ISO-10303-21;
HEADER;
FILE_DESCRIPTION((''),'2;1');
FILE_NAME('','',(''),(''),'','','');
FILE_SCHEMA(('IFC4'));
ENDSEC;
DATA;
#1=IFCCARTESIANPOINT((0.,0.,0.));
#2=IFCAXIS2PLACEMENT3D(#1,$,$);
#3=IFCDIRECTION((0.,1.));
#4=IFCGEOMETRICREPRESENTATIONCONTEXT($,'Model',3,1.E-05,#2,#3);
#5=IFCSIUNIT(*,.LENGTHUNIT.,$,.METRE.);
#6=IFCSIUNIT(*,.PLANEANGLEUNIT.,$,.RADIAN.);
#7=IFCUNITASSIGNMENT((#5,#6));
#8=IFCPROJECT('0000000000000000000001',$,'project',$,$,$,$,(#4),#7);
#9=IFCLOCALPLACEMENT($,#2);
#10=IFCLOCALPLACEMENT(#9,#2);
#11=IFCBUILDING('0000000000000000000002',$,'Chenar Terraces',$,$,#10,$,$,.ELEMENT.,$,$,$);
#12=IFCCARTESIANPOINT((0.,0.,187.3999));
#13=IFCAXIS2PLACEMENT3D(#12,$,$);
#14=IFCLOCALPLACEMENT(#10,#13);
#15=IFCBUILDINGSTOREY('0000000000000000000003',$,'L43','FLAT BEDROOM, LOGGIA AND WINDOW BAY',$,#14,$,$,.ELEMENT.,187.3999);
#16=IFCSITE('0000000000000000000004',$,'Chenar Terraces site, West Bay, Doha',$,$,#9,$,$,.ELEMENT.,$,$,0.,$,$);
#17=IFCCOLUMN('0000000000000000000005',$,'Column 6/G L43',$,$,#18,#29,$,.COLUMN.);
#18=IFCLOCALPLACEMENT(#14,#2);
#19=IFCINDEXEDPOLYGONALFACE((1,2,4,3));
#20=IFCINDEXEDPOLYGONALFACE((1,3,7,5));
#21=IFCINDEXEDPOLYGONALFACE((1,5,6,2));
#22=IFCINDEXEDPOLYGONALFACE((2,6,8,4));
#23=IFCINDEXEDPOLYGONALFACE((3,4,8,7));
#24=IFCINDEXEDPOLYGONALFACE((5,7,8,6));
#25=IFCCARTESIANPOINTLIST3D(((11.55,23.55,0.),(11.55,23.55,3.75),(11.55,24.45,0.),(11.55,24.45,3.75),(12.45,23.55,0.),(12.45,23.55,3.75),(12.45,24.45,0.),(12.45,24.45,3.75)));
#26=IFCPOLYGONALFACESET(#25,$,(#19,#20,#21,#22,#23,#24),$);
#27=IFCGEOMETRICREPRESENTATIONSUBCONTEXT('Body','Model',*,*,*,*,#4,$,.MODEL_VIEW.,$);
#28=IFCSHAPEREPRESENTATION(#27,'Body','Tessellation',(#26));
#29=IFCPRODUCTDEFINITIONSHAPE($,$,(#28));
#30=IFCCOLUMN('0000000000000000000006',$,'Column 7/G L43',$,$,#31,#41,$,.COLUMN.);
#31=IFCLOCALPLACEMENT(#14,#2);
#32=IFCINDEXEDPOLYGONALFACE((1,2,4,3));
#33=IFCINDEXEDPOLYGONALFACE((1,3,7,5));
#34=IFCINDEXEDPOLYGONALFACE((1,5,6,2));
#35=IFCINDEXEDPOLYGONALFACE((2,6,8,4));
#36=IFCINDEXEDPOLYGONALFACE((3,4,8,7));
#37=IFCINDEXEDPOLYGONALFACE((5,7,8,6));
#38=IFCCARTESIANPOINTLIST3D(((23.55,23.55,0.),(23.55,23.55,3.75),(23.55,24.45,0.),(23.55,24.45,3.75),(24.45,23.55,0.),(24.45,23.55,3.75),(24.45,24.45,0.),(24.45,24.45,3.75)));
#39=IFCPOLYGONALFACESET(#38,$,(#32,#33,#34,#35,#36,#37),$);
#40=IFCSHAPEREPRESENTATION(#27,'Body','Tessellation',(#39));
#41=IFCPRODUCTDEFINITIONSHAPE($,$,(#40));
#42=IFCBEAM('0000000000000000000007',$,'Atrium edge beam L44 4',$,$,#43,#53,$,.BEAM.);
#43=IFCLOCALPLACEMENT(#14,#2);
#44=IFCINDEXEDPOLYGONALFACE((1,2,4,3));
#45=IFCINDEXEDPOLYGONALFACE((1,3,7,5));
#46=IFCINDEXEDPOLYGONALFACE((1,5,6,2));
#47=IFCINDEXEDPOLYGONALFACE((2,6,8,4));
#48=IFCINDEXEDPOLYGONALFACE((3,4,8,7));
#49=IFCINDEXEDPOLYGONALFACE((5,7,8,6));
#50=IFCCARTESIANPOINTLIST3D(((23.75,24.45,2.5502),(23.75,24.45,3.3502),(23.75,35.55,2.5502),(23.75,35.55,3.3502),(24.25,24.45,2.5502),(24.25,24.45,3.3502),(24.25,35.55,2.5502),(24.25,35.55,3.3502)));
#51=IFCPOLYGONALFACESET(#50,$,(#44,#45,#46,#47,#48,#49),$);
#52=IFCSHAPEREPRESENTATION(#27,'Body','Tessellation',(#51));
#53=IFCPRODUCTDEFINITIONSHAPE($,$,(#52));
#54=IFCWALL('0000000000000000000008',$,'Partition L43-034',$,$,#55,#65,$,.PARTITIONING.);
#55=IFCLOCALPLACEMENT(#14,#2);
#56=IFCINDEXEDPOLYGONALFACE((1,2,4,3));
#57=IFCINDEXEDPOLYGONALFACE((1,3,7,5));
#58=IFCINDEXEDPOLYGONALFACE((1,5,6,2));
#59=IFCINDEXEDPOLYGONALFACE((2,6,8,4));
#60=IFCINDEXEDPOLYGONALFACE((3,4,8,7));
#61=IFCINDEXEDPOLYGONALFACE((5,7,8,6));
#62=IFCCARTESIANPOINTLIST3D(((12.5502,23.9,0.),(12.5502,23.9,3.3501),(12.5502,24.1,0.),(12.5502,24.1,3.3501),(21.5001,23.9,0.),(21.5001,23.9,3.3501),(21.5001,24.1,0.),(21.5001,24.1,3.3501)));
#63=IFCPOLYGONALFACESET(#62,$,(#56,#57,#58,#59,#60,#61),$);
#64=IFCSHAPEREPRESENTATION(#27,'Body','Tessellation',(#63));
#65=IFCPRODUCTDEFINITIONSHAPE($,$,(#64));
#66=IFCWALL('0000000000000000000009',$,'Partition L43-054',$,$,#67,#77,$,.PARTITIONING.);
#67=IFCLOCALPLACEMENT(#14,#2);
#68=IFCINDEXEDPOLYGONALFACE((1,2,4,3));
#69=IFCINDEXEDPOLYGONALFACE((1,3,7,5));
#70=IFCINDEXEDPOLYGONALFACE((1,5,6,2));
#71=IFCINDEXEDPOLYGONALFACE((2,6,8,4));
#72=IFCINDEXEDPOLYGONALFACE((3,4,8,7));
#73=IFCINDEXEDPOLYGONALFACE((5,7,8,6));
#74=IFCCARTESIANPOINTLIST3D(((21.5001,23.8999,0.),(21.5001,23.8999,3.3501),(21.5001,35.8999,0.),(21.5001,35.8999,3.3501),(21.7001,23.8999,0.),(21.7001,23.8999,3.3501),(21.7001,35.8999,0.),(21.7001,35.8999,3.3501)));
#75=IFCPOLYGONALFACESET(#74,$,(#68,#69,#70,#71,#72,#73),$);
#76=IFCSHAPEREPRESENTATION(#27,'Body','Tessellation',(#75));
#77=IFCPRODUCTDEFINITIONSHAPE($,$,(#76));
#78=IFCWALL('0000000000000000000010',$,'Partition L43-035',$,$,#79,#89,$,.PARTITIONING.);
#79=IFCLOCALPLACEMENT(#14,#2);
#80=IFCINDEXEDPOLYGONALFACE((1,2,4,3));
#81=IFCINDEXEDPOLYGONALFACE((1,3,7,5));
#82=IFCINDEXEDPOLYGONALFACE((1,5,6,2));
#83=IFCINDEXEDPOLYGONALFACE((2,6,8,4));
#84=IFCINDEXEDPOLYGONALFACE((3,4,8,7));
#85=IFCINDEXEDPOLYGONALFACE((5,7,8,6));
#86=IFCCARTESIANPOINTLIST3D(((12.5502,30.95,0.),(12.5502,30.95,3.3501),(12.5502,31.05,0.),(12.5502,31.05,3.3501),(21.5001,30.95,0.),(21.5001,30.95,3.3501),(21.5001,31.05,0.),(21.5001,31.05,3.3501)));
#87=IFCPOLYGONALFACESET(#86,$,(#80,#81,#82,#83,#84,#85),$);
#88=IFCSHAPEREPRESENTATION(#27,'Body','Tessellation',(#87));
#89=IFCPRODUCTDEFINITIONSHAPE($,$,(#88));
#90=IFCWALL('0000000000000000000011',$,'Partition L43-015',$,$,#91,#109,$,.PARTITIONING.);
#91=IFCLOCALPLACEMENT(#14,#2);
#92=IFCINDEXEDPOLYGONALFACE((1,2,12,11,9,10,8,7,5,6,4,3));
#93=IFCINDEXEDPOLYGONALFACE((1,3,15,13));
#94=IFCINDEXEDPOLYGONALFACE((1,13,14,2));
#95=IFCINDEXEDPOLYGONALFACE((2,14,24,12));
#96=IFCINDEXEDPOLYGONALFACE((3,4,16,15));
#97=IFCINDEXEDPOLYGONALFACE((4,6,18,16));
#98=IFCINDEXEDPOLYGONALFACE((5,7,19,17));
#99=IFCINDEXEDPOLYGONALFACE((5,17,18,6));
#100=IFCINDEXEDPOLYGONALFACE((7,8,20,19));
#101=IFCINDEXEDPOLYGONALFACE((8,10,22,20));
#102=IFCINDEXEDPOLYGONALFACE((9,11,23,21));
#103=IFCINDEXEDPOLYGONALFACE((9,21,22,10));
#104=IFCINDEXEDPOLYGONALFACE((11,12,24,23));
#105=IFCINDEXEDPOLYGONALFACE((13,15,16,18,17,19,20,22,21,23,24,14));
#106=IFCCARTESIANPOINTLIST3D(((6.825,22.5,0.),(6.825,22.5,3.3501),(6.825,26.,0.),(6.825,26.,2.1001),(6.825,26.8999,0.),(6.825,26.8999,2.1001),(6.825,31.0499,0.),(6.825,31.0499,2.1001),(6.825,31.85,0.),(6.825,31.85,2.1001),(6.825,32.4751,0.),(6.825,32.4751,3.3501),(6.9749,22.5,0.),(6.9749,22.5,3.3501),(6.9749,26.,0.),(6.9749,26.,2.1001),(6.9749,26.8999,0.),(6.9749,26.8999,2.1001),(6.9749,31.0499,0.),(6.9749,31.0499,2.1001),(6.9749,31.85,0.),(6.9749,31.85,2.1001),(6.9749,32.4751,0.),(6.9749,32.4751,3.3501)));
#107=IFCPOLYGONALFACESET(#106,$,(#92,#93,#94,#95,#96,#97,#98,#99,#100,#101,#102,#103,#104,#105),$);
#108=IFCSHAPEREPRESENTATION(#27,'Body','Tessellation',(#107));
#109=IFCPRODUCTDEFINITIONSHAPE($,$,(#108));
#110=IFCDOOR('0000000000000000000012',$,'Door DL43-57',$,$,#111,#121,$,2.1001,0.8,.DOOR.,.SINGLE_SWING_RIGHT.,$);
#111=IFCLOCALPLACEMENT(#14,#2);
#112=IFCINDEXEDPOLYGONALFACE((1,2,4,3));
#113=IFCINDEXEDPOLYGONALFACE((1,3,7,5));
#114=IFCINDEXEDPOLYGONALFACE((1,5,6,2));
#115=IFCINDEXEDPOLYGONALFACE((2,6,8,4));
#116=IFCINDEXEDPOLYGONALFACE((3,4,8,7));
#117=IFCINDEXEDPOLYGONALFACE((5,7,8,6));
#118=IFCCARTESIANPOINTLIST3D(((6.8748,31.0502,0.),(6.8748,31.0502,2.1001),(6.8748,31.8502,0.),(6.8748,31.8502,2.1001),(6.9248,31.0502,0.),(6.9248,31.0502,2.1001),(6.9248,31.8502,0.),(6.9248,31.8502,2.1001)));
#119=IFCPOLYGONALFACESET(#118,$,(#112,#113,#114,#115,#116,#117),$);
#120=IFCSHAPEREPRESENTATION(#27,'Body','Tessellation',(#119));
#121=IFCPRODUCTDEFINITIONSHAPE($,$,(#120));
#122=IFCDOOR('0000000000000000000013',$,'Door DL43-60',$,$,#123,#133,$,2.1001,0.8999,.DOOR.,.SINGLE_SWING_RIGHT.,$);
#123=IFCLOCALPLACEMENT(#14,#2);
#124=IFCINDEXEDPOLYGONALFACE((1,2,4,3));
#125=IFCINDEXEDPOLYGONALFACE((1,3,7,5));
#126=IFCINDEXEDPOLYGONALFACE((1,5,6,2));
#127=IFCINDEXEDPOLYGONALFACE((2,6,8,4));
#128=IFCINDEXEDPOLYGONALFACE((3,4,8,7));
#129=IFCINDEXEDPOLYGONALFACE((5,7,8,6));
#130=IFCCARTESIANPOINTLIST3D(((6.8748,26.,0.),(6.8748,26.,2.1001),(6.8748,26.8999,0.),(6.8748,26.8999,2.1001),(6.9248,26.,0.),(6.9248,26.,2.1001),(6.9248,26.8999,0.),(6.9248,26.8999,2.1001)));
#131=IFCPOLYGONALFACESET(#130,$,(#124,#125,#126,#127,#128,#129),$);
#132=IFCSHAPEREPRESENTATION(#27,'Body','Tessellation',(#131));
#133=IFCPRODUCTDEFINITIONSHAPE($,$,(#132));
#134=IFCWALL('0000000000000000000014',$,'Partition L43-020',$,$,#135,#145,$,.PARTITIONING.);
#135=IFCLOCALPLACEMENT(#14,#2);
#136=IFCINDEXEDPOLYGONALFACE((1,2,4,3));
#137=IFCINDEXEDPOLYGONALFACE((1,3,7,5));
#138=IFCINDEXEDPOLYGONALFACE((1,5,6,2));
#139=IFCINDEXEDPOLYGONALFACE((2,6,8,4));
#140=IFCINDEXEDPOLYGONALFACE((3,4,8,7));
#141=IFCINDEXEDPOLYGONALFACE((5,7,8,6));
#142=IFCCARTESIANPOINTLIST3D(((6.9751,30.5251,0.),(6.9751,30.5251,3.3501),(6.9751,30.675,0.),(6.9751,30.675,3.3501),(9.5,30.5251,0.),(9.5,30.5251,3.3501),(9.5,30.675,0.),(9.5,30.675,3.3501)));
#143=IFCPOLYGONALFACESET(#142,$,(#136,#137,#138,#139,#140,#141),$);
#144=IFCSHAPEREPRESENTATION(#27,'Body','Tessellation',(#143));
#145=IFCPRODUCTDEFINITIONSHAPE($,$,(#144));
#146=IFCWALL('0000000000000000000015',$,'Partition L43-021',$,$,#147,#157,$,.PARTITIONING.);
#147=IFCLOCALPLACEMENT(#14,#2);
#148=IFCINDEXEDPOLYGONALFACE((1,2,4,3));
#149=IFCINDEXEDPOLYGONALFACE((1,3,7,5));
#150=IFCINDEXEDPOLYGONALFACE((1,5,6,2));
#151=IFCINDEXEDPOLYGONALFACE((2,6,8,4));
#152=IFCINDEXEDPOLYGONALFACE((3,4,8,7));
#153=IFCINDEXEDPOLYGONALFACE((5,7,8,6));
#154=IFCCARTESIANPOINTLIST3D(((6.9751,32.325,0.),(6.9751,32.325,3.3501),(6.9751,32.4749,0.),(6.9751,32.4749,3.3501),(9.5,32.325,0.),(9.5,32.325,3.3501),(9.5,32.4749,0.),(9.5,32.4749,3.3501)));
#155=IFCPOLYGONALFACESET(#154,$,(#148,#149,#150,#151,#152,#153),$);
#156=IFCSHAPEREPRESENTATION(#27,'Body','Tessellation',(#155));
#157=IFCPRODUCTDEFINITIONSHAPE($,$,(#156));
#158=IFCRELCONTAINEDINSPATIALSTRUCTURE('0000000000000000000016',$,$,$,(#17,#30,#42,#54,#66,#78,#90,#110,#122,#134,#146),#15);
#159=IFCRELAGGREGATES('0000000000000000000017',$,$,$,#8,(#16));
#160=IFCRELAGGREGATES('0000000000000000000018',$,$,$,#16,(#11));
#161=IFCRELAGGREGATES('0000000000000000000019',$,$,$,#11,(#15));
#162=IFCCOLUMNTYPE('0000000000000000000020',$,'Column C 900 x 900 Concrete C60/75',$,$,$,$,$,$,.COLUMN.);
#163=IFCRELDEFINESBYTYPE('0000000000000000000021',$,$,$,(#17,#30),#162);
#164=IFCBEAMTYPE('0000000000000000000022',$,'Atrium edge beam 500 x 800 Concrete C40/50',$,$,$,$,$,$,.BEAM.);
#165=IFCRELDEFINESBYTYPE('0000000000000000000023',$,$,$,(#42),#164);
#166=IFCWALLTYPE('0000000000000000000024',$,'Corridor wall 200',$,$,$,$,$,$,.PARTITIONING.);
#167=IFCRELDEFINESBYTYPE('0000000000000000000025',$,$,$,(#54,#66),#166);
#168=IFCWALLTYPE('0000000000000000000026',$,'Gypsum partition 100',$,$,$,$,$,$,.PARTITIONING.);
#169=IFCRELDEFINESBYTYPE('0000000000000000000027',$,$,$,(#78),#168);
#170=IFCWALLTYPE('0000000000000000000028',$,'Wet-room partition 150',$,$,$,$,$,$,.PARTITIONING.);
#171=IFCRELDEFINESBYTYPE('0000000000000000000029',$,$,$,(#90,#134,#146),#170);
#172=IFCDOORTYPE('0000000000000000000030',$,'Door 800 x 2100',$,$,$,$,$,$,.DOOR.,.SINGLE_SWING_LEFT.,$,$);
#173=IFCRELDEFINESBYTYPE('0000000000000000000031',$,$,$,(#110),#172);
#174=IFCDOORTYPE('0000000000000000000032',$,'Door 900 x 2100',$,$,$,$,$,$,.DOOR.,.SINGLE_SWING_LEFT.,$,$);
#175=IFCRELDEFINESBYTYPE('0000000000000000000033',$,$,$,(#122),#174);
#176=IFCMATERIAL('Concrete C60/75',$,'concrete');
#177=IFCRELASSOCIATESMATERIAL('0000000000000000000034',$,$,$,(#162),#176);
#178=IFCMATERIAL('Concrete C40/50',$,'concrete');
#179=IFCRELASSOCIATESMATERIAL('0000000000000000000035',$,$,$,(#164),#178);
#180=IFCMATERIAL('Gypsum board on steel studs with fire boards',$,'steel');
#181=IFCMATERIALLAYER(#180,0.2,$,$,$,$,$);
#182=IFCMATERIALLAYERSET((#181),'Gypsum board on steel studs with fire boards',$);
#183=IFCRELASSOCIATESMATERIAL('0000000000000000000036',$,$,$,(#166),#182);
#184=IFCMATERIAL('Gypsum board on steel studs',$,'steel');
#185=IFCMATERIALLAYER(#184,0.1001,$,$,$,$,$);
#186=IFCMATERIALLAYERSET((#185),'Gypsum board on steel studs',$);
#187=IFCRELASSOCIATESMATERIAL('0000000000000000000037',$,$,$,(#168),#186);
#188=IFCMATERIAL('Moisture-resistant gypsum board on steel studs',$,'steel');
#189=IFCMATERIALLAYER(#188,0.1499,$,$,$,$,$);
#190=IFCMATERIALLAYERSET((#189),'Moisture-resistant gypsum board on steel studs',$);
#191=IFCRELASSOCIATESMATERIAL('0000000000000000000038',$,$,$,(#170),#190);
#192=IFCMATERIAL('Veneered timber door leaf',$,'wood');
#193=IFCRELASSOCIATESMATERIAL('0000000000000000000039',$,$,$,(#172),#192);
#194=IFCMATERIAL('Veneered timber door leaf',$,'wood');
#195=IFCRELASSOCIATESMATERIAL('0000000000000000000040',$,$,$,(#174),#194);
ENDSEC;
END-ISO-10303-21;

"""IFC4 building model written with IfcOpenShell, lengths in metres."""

from ifc_helpers import new_model, si_unit, direction, frame, frame_2d, origin, origin_2d, place, context, subcontext, project, spatial, rectangle, extrude, material, layer, layer_set, material_profile, profile_set, type_object, element, fill, save


model = new_model("IFC4")

# Units and contexts
model_context = context("Model", 3, precision=1e-05, world=origin(), true_north=direction((0.0, 1.0)))
body_context = subcontext(model_context, "Body", "Model", "MODEL_VIEW")
ifc_project = project(units=[si_unit("LENGTHUNIT", "METRE"), si_unit("PLANEANGLEUNIT", "RADIAN")], contexts=[model_context])

# Site, building, storey
site_placement = place(None, origin())
site = spatial("IfcSite", under=ifc_project, at=site_placement, Name="Chenar Terraces site, West Bay, Doha", CompositionType="ELEMENT", RefElevation=0.0)
building_placement = place(site_placement, origin())
building = spatial("IfcBuilding", under=site, at=building_placement, Name="Chenar Terraces", CompositionType="ELEMENT")
storey_placement = place(building_placement, frame((0.0, 0.0, 187.3999)))
storey = spatial("IfcBuildingStorey", under=building, at=storey_placement, Name="L43", Description="FLAT BEDROOM, LOGGIA AND WINDOW BAY", CompositionType="ELEMENT", Elevation=187.3999)

# Columns
ifc_material_1 = material(Name="Concrete C60/75", Category="concrete")
ifc_material_profile_1 = material_profile(ifc_material_1, rectangle(XDim=0.8999, YDim=0.8999, at=origin_2d()), Name="C 900 x 900")
ifc_profile_set_1 = profile_set([ifc_material_profile_1], Name="Concrete C60/75")
column_type = type_object("IfcColumnType", Name="Column C 900 x 900 Concrete C60/75", PredefinedType="COLUMN", material=ifc_profile_set_1)
for number, where, z_axis, x_axis, name in (
    (1, (12.0, 24.0, 0.0), (0.0, 0.0, 1.0), (1.0, 0.0, 0.0), "Column 6/G L43"),
    (2, (24.0, 24.0, 0.0), (0.0, 0.0, 1.0), (1.0, 0.0, 0.0), "Column 7/G L43"),
):
    element("IfcColumn", number, at=place(storey_placement, frame(where, z_axis=z_axis, x_axis=x_axis)), inside=storey, type_object=column_type, Name=name, PredefinedType="COLUMN", context=body_context, shape_type="SweptSolid", body=[
        extrude(rectangle(XDim=0.8999, YDim=0.8999, at=origin_2d()), origin(), (0.0, 0.0, 1.0), 3.75),
    ])

# Beam
ifc_material_2 = material(Name="Concrete C40/50", Category="concrete")
ifc_material_profile_2 = material_profile(ifc_material_2, rectangle(XDim=0.5, YDim=0.8, at=origin_2d()), Name="RC 500 x 800")
ifc_profile_set_2 = profile_set([ifc_material_profile_2], Name="Concrete C40/50")
beam_type = type_object("IfcBeamType", Name="Atrium edge beam 500 x 800 Concrete C40/50", PredefinedType="BEAM", material=ifc_profile_set_2)
beam_placement = place(storey_placement, frame((24.0, 35.55, 2.9502), z_axis=(0.0, -1.0, 0.0), x_axis=(1.0, 0.0, 0.0)))
element("IfcBeam", 3, at=beam_placement, inside=storey, type_object=beam_type, Name="Atrium edge beam L44 4", PredefinedType="BEAM", context=body_context, shape_type="SweptSolid", body=[
    extrude(rectangle(XDim=0.5, YDim=0.8, at=origin_2d()), origin(), (0.0, 0.0, 1.0), 11.1001),
])

# Walls
ifc_material_3 = material(Name="Gypsum board on steel studs with fire boards", Category="steel")
ifc_layer_1 = layer(ifc_material_3, 0.2)
ifc_layer_set_1 = layer_set([ifc_layer_1], Name="Gypsum board on steel studs with fire boards")
wall_type_1 = type_object("IfcWallType", Name="Corridor wall 200", PredefinedType="PARTITIONING", material=ifc_layer_set_1)
wall_1_placement = place(storey_placement, frame((12.55, 24.0, 0.0), z_axis=(0.0, 0.0, 1.0), x_axis=(1.0, 0.0, 0.0)))
element("IfcWall", 4, at=wall_1_placement, inside=storey, type_object=wall_type_1, Name="Partition L43-034", PredefinedType="PARTITIONING", context=body_context, shape_type="SweptSolid", body=[
    extrude(rectangle(XDim=8.95, YDim=0.2, at=frame_2d((4.4751, 0.0))), origin(), (0.0, 0.0, 1.0), 3.3501),
])
wall_2_placement = place(storey_placement, frame((21.6001, 23.8999, 0.0), z_axis=(0.0, 0.0, 1.0), x_axis=(0.0, 1.0, 0.0)))
element("IfcWall", 5, at=wall_2_placement, inside=storey, type_object=wall_type_1, Name="Partition L43-054", PredefinedType="PARTITIONING", context=body_context, shape_type="SweptSolid", body=[
    extrude(rectangle(XDim=12.0, YDim=0.2, at=frame_2d((6.0, 0.0))), origin(), (0.0, 0.0, 1.0), 3.3501),
])
ifc_material_4 = material(Name="Gypsum board on steel studs", Category="steel")
ifc_layer_2 = layer(ifc_material_4, 0.1001)
ifc_layer_set_2 = layer_set([ifc_layer_2], Name="Gypsum board on steel studs")
wall_type_2 = type_object("IfcWallType", Name="Gypsum partition 100", PredefinedType="PARTITIONING", material=ifc_layer_set_2)
wall_3_placement = place(storey_placement, frame((12.55, 31.0, 0.0), z_axis=(0.0, 0.0, 1.0), x_axis=(1.0, 0.0, 0.0)))
element("IfcWall", 6, at=wall_3_placement, inside=storey, type_object=wall_type_2, Name="Partition L43-035", PredefinedType="PARTITIONING", context=body_context, shape_type="SweptSolid", body=[
    extrude(rectangle(XDim=8.95, YDim=0.1001, at=frame_2d((4.4751, 0.0))), origin(), (0.0, 0.0, 1.0), 3.3501),
])

# Wall, openings, doors
ifc_material_5 = material(Name="Moisture-resistant gypsum board on steel studs", Category="steel")
ifc_layer_3 = layer(ifc_material_5, 0.1499)
ifc_layer_set_3 = layer_set([ifc_layer_3], Name="Moisture-resistant gypsum board on steel studs")
wall_type_3 = type_object("IfcWallType", Name="Wet-room partition 150", PredefinedType="PARTITIONING", material=ifc_layer_set_3)
wall_4_placement = place(storey_placement, frame((6.8999, 22.5, 0.0), z_axis=(0.0, 0.0, 1.0), x_axis=(0.0, 1.0, 0.0)))
wall_4 = element("IfcWall", 7, at=wall_4_placement, inside=storey, type_object=wall_type_3, Name="Partition L43-015", PredefinedType="PARTITIONING", context=body_context, shape_type="SweptSolid", body=[
    extrude(rectangle(XDim=9.9751, YDim=0.1499, at=frame_2d((4.9875, 0.0))), origin(), (0.0, 0.0, 1.0), 3.3501),
])
opening_1_placement = place(wall_4_placement, frame((8.55, 0.0, 0.0)))
opening_1 = element("IfcOpeningElement", 8, at=opening_1_placement, cuts=wall_4, PredefinedType="OPENING", context=body_context, shape_type="SweptSolid", body=[
    extrude(rectangle(XDim=0.8, YDim=2.1001, at=frame_2d((0.3999, 1.05))), frame((0.0, 0.085, 0.0), z_axis=(0.0, -1.0, 0.0), x_axis=(1.0, 0.0, 0.0)), (0.0, 0.0, 1.0), 0.1699),
])
opening_2_placement = place(wall_4_placement, frame((3.5, 0.0, 0.0)))
opening_2 = element("IfcOpeningElement", 9, at=opening_2_placement, cuts=wall_4, PredefinedType="OPENING", context=body_context, shape_type="SweptSolid", body=[
    extrude(rectangle(XDim=0.8999, YDim=2.1001, at=frame_2d((0.45, 1.05))), frame((0.0, 0.085, 0.0), z_axis=(0.0, -1.0, 0.0), x_axis=(1.0, 0.0, 0.0)), (0.0, 0.0, 1.0), 0.1699),
])
ifc_material_6 = material(Name="Veneered timber door leaf", Category="wood")
door_type_1 = type_object("IfcDoorType", Name="Door 800 x 2100", OperationType="SINGLE_SWING_LEFT", PredefinedType="DOOR", material=ifc_material_6)
door_1_placement = place(opening_1_placement, frame((0.8, 0.0, 0.0), z_axis=(0.0, 0.0, 1.0), x_axis=(-1.0, 0.0, 0.0)))
door_1 = element("IfcDoor", 10, at=door_1_placement, inside=storey, type_object=door_type_1, Name="Door DL43-57", OperationType="SINGLE_SWING_RIGHT", OverallHeight=2.1001, OverallWidth=0.8, PredefinedType="DOOR", context=body_context, shape_type="SweptSolid", body=[
    extrude(rectangle(XDim=0.8, YDim=2.1001, at=frame_2d((0.3999, 1.05))), frame((0.0, 0.0249, 0.0), z_axis=(0.0, -1.0, 0.0), x_axis=(1.0, 0.0, 0.0)), (0.0, 0.0, 1.0), 0.05),
])
fill(opening_1, door_1)
ifc_material_7 = material(Name="Veneered timber door leaf", Category="wood")
door_type_2 = type_object("IfcDoorType", Name="Door 900 x 2100", OperationType="SINGLE_SWING_LEFT", PredefinedType="DOOR", material=ifc_material_7)
door_2_placement = place(opening_2_placement, frame((0.8999, 0.0, 0.0), z_axis=(0.0, 0.0, 1.0), x_axis=(-1.0, 0.0, 0.0)))
door_2 = element("IfcDoor", 11, at=door_2_placement, inside=storey, type_object=door_type_2, Name="Door DL43-60", OperationType="SINGLE_SWING_RIGHT", OverallHeight=2.1001, OverallWidth=0.8999, PredefinedType="DOOR", context=body_context, shape_type="SweptSolid", body=[
    extrude(rectangle(XDim=0.8999, YDim=2.1001, at=frame_2d((0.45, 1.05))), frame((0.0, 0.0249, 0.0), z_axis=(0.0, -1.0, 0.0), x_axis=(1.0, 0.0, 0.0)), (0.0, 0.0, 1.0), 0.05),
])
fill(opening_2, door_2)

# Walls
for number, where, z_axis, x_axis, name in (
    (12, (6.9751, 30.6001, 0.0), (0.0, 0.0, 1.0), (1.0, 0.0, 0.0), "Partition L43-020"),
    (13, (6.9751, 32.3999, 0.0), (0.0, 0.0, 1.0), (1.0, 0.0, 0.0), "Partition L43-021"),
):
    element("IfcWall", number, at=place(storey_placement, frame(where, z_axis=z_axis, x_axis=x_axis)), inside=storey, type_object=wall_type_3, Name=name, PredefinedType="PARTITIONING", context=body_context, shape_type="SweptSolid", body=[
        extrude(rectangle(XDim=2.5249, YDim=0.1499, at=frame_2d((1.2625, 0.0))), origin(), (0.0, 0.0, 1.0), 3.3501),
    ])

save(model, "model.ifc")
